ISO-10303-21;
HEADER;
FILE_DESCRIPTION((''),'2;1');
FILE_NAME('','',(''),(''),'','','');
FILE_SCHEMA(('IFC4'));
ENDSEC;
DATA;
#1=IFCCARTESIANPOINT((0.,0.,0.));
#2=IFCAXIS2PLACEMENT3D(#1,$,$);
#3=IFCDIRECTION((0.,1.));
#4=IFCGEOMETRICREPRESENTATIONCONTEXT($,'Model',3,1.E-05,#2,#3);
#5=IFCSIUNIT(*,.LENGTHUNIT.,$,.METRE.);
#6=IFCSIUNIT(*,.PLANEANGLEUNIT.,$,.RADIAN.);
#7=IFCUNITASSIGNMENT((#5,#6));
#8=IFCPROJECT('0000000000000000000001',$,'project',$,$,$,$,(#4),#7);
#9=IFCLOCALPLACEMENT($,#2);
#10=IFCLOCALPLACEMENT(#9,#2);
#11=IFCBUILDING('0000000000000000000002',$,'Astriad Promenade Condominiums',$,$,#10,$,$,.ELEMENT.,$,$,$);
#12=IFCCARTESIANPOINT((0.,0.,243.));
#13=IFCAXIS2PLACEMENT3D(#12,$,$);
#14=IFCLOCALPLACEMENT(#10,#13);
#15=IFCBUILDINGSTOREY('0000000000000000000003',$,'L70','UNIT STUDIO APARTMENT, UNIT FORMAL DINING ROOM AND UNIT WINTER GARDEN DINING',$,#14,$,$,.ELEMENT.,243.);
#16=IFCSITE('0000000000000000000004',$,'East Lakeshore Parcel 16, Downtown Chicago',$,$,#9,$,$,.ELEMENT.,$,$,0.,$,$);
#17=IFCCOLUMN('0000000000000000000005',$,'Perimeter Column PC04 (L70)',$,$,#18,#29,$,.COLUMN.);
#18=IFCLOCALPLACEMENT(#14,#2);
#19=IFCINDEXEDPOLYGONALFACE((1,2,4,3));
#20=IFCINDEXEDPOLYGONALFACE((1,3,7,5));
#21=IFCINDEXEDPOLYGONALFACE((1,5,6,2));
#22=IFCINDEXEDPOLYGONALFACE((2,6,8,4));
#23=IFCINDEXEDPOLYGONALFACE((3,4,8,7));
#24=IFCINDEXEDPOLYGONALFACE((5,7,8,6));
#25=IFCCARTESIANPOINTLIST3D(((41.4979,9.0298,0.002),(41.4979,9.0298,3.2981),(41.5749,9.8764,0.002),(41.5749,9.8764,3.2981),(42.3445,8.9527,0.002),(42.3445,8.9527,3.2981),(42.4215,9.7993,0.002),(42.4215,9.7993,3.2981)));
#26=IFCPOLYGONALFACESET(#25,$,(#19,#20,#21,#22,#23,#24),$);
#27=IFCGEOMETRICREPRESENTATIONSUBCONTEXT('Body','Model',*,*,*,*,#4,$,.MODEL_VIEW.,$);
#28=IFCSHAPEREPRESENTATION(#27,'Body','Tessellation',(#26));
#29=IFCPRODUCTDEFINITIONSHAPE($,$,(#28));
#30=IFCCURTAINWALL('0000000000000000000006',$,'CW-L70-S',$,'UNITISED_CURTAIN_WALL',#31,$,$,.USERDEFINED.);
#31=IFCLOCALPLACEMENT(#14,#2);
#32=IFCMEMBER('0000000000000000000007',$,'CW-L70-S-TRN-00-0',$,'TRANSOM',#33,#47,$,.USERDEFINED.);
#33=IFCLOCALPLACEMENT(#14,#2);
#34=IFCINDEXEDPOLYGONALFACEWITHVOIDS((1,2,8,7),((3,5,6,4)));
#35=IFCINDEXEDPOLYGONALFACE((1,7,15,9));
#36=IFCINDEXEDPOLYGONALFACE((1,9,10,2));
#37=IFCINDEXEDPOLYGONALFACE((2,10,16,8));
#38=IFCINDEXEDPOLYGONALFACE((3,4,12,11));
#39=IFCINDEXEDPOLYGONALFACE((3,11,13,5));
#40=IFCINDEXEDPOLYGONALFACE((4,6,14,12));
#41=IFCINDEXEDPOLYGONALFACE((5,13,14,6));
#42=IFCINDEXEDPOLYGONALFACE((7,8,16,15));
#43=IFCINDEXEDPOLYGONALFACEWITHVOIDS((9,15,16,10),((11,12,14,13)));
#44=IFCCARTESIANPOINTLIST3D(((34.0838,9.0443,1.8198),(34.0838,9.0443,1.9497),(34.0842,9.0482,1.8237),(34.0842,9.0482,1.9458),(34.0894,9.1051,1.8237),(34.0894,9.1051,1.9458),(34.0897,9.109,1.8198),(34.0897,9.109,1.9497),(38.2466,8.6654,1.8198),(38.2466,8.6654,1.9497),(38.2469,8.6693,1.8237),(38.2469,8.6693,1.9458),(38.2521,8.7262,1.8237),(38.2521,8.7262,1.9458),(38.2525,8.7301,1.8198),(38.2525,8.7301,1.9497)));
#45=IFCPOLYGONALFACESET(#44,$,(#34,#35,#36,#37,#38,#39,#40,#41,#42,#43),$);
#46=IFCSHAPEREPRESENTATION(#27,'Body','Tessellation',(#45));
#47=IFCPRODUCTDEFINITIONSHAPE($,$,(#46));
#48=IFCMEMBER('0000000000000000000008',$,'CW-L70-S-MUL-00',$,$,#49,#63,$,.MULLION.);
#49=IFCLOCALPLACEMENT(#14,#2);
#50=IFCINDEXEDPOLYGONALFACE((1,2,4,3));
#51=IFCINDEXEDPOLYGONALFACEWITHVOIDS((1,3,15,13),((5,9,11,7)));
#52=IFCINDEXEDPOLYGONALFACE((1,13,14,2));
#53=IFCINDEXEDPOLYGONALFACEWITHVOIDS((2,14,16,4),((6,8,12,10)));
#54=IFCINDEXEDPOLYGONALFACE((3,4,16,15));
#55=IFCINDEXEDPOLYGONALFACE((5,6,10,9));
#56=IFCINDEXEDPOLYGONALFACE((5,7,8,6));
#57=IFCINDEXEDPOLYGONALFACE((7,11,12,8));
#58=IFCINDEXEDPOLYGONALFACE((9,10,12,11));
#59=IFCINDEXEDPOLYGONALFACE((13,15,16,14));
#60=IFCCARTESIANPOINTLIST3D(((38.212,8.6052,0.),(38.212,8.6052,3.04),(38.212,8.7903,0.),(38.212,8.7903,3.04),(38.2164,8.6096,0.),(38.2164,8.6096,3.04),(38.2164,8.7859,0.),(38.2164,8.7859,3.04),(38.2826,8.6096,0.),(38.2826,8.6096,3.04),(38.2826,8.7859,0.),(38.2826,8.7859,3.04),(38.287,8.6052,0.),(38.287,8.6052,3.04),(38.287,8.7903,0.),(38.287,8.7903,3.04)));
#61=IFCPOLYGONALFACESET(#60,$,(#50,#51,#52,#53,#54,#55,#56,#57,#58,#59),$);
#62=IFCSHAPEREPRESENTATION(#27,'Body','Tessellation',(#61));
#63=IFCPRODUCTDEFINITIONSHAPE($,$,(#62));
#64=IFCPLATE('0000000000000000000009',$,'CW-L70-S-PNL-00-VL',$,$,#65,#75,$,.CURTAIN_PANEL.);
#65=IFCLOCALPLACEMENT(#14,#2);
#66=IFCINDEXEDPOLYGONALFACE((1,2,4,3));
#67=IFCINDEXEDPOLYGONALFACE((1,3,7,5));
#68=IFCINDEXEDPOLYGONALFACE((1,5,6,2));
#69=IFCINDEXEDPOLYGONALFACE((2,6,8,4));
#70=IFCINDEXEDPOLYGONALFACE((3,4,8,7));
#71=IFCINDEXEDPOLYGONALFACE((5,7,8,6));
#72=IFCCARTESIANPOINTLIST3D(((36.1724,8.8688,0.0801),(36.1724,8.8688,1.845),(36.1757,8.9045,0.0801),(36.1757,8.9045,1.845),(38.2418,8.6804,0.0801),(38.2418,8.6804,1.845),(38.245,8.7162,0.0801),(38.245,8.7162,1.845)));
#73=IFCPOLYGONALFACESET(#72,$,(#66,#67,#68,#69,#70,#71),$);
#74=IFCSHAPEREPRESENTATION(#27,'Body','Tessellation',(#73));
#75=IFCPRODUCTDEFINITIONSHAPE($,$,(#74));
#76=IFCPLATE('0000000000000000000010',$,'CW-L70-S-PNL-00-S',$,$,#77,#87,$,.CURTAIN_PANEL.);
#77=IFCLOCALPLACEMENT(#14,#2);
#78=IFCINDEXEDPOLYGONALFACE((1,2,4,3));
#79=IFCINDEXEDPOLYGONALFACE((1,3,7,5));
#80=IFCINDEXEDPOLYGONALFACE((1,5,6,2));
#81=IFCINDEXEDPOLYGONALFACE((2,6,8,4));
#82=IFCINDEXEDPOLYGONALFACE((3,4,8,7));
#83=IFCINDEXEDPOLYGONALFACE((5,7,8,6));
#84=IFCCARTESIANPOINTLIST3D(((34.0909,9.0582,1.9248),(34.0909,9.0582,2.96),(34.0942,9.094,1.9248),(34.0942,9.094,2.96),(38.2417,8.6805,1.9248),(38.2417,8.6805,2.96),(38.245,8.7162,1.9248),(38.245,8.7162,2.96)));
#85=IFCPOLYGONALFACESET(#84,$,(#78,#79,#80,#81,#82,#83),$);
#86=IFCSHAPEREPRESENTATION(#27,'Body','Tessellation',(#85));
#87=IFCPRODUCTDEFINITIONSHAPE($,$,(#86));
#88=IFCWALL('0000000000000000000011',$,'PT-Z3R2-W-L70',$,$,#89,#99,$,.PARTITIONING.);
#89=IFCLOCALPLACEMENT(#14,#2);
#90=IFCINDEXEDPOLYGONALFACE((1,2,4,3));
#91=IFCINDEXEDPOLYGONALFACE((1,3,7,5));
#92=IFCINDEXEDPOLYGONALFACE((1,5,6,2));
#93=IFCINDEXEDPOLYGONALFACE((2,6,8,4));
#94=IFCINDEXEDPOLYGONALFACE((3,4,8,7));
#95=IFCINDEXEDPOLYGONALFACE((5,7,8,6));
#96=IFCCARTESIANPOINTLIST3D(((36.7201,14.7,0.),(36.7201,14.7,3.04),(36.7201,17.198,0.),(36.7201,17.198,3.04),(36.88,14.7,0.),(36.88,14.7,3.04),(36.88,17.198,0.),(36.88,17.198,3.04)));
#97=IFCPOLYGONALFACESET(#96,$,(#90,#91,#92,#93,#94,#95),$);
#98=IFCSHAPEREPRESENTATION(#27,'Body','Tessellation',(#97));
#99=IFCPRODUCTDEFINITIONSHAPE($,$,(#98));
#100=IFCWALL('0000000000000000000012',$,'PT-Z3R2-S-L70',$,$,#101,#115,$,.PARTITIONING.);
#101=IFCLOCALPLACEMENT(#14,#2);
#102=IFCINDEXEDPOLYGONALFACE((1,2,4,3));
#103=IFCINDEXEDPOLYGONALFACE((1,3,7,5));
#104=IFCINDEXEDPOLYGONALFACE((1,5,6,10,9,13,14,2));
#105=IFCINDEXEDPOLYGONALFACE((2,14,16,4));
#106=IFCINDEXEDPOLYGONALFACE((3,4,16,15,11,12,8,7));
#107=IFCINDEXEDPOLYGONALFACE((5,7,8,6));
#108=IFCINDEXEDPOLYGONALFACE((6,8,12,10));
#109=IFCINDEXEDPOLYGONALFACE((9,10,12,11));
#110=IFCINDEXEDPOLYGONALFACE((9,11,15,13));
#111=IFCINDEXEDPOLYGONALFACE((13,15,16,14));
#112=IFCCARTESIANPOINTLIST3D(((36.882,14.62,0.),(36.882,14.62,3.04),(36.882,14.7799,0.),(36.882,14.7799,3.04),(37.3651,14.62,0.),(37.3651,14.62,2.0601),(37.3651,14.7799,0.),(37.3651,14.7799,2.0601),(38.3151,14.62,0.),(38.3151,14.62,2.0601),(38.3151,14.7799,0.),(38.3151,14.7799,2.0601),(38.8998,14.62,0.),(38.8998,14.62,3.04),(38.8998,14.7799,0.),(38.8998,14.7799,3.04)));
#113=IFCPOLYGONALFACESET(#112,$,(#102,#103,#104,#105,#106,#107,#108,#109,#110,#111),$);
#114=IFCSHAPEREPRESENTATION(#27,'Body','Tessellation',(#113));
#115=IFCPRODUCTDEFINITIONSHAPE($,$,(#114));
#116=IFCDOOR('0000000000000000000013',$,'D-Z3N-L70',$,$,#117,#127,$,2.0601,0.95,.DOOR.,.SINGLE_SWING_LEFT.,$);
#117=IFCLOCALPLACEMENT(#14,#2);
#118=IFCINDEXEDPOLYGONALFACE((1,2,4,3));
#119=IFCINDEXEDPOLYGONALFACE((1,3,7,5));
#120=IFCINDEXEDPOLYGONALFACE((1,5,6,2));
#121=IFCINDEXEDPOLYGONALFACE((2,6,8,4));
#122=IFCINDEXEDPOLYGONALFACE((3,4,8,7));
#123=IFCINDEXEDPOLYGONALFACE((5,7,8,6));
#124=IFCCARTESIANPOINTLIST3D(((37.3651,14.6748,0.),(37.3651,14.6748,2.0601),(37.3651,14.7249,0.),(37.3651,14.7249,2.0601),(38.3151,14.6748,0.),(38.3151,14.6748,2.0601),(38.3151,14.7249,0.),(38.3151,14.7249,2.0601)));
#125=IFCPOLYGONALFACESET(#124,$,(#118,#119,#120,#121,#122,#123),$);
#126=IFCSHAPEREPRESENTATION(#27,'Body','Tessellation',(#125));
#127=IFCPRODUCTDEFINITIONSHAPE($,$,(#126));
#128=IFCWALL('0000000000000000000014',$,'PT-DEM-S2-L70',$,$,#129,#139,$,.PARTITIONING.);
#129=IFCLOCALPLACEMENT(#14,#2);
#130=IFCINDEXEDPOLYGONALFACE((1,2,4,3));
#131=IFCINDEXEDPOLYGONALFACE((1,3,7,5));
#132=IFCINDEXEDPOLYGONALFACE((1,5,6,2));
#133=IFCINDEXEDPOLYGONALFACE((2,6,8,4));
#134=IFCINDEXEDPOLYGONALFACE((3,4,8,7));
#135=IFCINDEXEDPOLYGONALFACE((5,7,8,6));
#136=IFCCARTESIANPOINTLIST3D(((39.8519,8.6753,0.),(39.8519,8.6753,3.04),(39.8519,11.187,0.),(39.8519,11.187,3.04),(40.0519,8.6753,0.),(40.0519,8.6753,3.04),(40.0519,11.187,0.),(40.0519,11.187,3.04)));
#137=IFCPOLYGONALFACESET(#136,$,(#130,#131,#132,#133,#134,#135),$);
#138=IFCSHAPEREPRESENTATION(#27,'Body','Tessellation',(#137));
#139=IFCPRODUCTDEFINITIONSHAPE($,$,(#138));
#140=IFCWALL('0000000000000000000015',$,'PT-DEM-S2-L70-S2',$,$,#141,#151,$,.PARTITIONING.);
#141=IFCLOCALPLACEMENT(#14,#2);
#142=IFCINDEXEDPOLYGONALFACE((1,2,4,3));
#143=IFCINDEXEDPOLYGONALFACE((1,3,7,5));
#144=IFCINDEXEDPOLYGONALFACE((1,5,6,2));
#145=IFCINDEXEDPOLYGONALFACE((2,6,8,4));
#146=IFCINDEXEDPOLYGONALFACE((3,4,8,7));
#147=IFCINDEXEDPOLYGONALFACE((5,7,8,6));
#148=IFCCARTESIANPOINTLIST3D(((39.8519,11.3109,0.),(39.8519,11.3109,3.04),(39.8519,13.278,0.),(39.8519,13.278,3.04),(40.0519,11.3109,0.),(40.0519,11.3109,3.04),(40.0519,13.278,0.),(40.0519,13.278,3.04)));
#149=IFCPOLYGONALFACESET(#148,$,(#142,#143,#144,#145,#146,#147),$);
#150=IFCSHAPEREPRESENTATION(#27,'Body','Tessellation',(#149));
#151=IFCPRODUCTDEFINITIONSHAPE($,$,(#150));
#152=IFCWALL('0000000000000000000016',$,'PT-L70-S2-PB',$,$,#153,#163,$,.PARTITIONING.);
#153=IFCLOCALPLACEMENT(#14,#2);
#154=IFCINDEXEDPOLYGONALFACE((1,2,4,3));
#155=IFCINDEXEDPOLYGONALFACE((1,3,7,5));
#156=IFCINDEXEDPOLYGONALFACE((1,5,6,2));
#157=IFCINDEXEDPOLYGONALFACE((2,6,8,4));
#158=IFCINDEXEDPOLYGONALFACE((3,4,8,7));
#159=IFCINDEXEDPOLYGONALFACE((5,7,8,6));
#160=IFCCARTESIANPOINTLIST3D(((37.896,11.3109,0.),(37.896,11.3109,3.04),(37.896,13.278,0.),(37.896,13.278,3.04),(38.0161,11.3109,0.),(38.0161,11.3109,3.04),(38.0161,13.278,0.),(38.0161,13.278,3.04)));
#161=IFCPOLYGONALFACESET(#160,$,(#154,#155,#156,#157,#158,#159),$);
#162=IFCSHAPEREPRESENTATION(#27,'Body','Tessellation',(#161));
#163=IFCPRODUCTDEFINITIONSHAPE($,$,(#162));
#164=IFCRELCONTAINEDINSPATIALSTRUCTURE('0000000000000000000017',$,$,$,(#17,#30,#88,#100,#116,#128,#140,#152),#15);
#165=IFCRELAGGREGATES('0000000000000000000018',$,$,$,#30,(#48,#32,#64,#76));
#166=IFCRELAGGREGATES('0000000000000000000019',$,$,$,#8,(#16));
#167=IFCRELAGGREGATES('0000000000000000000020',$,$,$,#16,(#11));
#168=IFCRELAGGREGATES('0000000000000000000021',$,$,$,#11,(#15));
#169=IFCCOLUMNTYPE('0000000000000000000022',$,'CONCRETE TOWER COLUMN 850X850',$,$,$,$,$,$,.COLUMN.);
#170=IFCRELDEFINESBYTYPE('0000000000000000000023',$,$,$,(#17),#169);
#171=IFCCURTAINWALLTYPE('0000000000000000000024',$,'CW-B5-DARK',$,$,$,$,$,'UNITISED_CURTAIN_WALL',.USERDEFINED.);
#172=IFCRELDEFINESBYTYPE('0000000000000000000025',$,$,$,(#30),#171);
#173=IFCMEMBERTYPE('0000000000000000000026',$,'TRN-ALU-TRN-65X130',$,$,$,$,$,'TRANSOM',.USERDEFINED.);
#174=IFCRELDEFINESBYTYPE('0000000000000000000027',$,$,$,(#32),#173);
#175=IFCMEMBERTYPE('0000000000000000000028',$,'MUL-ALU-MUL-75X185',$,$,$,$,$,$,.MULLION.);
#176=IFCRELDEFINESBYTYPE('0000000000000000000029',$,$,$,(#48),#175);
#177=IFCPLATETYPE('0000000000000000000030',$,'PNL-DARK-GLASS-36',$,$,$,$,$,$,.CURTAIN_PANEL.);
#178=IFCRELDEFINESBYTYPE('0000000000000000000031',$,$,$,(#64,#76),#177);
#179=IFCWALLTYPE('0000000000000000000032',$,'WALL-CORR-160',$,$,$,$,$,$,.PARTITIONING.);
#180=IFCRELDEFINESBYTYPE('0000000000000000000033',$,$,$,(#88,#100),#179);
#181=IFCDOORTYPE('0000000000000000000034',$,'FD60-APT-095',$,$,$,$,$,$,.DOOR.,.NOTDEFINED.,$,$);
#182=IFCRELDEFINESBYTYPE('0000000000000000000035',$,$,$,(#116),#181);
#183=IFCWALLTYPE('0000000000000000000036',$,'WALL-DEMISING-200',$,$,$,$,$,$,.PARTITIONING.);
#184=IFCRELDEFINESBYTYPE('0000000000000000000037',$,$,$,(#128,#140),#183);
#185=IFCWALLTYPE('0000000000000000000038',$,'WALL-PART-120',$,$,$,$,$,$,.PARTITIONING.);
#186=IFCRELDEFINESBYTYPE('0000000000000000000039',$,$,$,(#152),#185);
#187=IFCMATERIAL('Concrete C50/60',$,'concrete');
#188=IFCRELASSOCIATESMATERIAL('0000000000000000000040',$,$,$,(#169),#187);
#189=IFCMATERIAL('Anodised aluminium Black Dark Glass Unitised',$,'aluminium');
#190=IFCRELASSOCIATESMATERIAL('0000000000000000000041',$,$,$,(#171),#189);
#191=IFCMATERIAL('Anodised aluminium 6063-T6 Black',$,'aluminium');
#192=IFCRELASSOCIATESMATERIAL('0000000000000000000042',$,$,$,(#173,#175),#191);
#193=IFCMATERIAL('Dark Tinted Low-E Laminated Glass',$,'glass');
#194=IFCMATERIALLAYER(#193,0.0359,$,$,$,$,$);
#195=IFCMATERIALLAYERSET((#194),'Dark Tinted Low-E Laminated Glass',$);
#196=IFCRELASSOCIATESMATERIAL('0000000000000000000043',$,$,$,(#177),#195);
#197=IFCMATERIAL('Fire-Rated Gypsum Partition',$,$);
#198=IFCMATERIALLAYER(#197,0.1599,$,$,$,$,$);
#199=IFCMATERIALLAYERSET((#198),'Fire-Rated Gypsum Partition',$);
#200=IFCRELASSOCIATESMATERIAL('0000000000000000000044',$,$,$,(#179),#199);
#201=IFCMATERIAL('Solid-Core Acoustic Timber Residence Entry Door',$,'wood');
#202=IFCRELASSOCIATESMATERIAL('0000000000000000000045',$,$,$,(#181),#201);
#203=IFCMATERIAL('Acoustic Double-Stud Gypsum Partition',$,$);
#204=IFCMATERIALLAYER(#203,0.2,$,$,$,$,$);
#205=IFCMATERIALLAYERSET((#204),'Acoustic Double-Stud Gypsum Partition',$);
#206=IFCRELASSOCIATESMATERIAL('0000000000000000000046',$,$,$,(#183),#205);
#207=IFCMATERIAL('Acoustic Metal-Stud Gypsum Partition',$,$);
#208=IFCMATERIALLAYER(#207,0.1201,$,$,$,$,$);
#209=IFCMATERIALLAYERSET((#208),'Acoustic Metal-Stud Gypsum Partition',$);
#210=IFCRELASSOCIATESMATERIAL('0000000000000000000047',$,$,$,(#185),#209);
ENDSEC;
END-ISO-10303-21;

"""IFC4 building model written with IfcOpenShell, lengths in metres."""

from ifc_helpers import new_model, si_unit, direction, frame, frame_2d, origin, origin_2d, place, context, subcontext, project, spatial, rectangle, hollow_rectangle, extrude, source, transform, mapped, material, layer, layer_set, material_profile, profile_set, type_object, type_shapes, element, fill, aggregate, save


model = new_model("IFC4")

# Units and contexts
model_context = context("Model", 3, precision=1e-05, world=origin(), true_north=direction((0.0, 1.0)))
body_context = subcontext(model_context, "Body", "Model", "MODEL_VIEW")
ifc_project = project(units=[si_unit("LENGTHUNIT", "METRE"), si_unit("PLANEANGLEUNIT", "RADIAN")], contexts=[model_context])

# Site, building, storey
site_placement = place(None, origin())
site = spatial("IfcSite", under=ifc_project, at=site_placement, Name="East Lakeshore Parcel 16, Downtown Chicago", CompositionType="ELEMENT", RefElevation=0.0)
building_placement = place(site_placement, origin())
building = spatial("IfcBuilding", under=site, at=building_placement, Name="Astriad Promenade Condominiums", CompositionType="ELEMENT")
storey_placement = place(building_placement, frame((0.0, 0.0, 243.0)))
storey = spatial("IfcBuildingStorey", under=building, at=storey_placement, Name="L70", Description="UNIT STUDIO APARTMENT, UNIT FORMAL DINING ROOM AND UNIT WINTER GARDEN DINING", CompositionType="ELEMENT", Elevation=243.0)

# Column
ifc_material_1 = material(Name="Concrete C50/60", Category="concrete")
ifc_material_profile_1 = material_profile(ifc_material_1, rectangle(XDim=0.8501, YDim=0.8501, at=origin_2d()), Name="RC-COL-850X850")
ifc_profile_set_1 = profile_set([ifc_material_profile_1], Name="Concrete C50/60")
column_type = type_object("IfcColumnType", Name="CONCRETE TOWER COLUMN 850X850", PredefinedType="COLUMN", material=ifc_profile_set_1)
shared_shape_1 = source(origin(), body_context, "Body", "SweptSolid", [
    extrude(rectangle(XDim=0.8501, YDim=0.8501, at=origin_2d()), origin(), (0.0, 0.0, 1.0), 3.2961),
])
type_shapes(column_type, [shared_shape_1])
column_placement = place(storey_placement, frame((41.9597, 9.4146, 0.002), z_axis=(0.0, 0.0, 1.0), x_axis=(0.995884, -0.090633, 0.0)))
element("IfcColumn", 1, at=column_placement, inside=storey, type_object=column_type, Name="Perimeter Column PC04 (L70)", PredefinedType="COLUMN", context=body_context, shape_type="MappedRepresentation", body=[
    mapped(shared_shape_1, transform((0.0, 0.0, 0.0), scale=1.0)),
])

# Curtain wall, members, plates
ifc_material_2 = material(Name="Anodised aluminium Black Dark Glass Unitised", Category="aluminium")
curtain_wall_type = type_object("IfcCurtainWallType", Name="CW-B5-DARK", ElementType="UNITISED_CURTAIN_WALL", PredefinedType="USERDEFINED", material=ifc_material_2)
curtain_wall_placement = place(storey_placement, origin())
curtain_wall = element("IfcCurtainWall", 2, at=curtain_wall_placement, inside=storey, type_object=curtain_wall_type, Name="CW-L70-S", ObjectType="UNITISED_CURTAIN_WALL", PredefinedType="USERDEFINED")
ifc_material_3 = material(Name="Anodised aluminium 6063-T6 Black", Category="aluminium")
ifc_material_profile_2 = material_profile(ifc_material_3, hollow_rectangle(XDim=0.0649, YDim=0.1299, WallThickness=0.0039, at=origin_2d()), Name="ALU-TRN-65X130")
ifc_profile_set_2 = profile_set([ifc_material_profile_2], Name="Anodised aluminium 6063-T6 Black")
member_type_1 = type_object("IfcMemberType", Name="TRN-ALU-TRN-65X130", ElementType="TRANSOM", PredefinedType="USERDEFINED", material=ifc_profile_set_2)
shared_shape_2 = source(origin(), body_context, "Body", "SweptSolid", [
    extrude(hollow_rectangle(XDim=0.0649, YDim=0.1299, WallThickness=0.0039, at=origin_2d()), origin(), (0.0, 0.0, 1.0), 4.1799),
])
type_shapes(member_type_1, [shared_shape_2])
member_1_placement = place(storey_placement, frame((38.2495, 8.6978, 1.8848), z_axis=(-0.995883, 0.090646, 0.0), x_axis=(-0.090646, -0.995883, 0.0)))
member_1 = element("IfcMember", 3, at=member_1_placement, type_object=member_type_1, Name="CW-L70-S-TRN-00-0", ObjectType="TRANSOM", PredefinedType="USERDEFINED", context=body_context, shape_type="MappedRepresentation", body=[
    mapped(shared_shape_2, transform((0.0, 0.0, 0.0), scale=1.0)),
])
ifc_material_profile_3 = material_profile(ifc_material_3, hollow_rectangle(XDim=0.075, YDim=0.1851, WallThickness=0.0044, at=origin_2d()), Name="ALU-MUL-75X185")
ifc_profile_set_3 = profile_set([ifc_material_profile_3], Name="Anodised aluminium 6063-T6 Black")
member_type_2 = type_object("IfcMemberType", Name="MUL-ALU-MUL-75X185", PredefinedType="MULLION", material=ifc_profile_set_3)
shared_shape_3 = source(origin(), body_context, "Body", "SweptSolid", [
    extrude(hollow_rectangle(XDim=0.075, YDim=0.1851, WallThickness=0.0044, at=origin_2d()), origin(), (0.0, 0.0, 1.0), 3.04),
])
type_shapes(member_type_2, [shared_shape_3])
member_2_placement = place(storey_placement, frame((38.2495, 8.6978, 0.0), z_axis=(0.0, 0.0, 1.0), x_axis=(1.0, 0.0, 0.0)))
member_2 = element("IfcMember", 4, at=member_2_placement, type_object=member_type_2, Name="CW-L70-S-MUL-00", PredefinedType="MULLION", context=body_context, shape_type="MappedRepresentation", body=[
    mapped(shared_shape_3, transform((0.0, 0.0, 0.0), scale=1.0)),
])
ifc_material_4 = material(Name="Dark Tinted Low-E Laminated Glass", Category="glass")
ifc_layer_1 = layer(ifc_material_4, 0.0359)
ifc_layer_set_1 = layer_set([ifc_layer_1], Name="Dark Tinted Low-E Laminated Glass")
plate_type = type_object("IfcPlateType", Name="PNL-DARK-GLASS-36", PredefinedType="CURTAIN_PANEL", material=ifc_layer_set_1)
shared_shape_4 = source(origin(), body_context, "Body", "SweptSolid", [
    extrude(rectangle(XDim=2.0779, YDim=0.0359, at=origin_2d()), origin(), (0.0, 0.0, 1.0), 1.7649),
])
plate_1_placement = place(storey_placement, frame((37.2087, 8.7925, 0.0801), z_axis=(0.0, 0.0, 1.0), x_axis=(-0.995884, 0.090633, 0.0)))
plate_1 = element("IfcPlate", 5, at=plate_1_placement, type_object=plate_type, Name="CW-L70-S-PNL-00-VL", PredefinedType="CURTAIN_PANEL", context=body_context, shape_type="MappedRepresentation", body=[
    mapped(shared_shape_4, transform((0.0, 0.0, 0.0), scale=1.0)),
])
shared_shape_5 = source(origin(), body_context, "Body", "SweptSolid", [
    extrude(rectangle(XDim=4.168, YDim=0.0359, at=origin_2d()), origin(), (0.0, 0.0, 1.0), 1.0352),
])
type_shapes(plate_type, [shared_shape_4, shared_shape_5])
plate_2_placement = place(storey_placement, frame((36.168, 8.8872, 1.9248), z_axis=(0.0, 0.0, 1.0), x_axis=(-0.995884, 0.090633, 0.0)))
plate_2 = element("IfcPlate", 6, at=plate_2_placement, type_object=plate_type, Name="CW-L70-S-PNL-00-S", PredefinedType="CURTAIN_PANEL", context=body_context, shape_type="MappedRepresentation", body=[
    mapped(shared_shape_5, transform((0.0, 0.0, 0.0), scale=1.0)),
])
aggregate(curtain_wall, [member_2, member_1, plate_1, plate_2])

# Wall
ifc_material_5 = material(Name="Fire-Rated Gypsum Partition")
ifc_layer_2 = layer(ifc_material_5, 0.1599)
ifc_layer_set_2 = layer_set([ifc_layer_2], Name="Fire-Rated Gypsum Partition")
wall_type_1 = type_object("IfcWallType", Name="WALL-CORR-160", PredefinedType="PARTITIONING", material=ifc_layer_set_2)
wall_1_placement = place(storey_placement, frame((36.8, 14.7, 0.0), z_axis=(0.0, 0.0, 1.0), x_axis=(0.0, 1.0, 0.0)))
element("IfcWall", 7, at=wall_1_placement, inside=storey, type_object=wall_type_1, Name="PT-Z3R2-W-L70", PredefinedType="PARTITIONING", context=body_context, shape_type="SweptSolid", body=[
    extrude(rectangle(XDim=2.498, YDim=0.1599, at=frame_2d((1.249, 0.0))), origin(), (0.0, 0.0, 1.0), 3.04),
])

# Wall, opening, door
wall_2_placement = place(storey_placement, frame((36.8821, 14.7, 0.0), z_axis=(0.0, 0.0, 1.0), x_axis=(1.0, 0.0, 0.0)))
wall_2 = element("IfcWall", 8, at=wall_2_placement, inside=storey, type_object=wall_type_1, Name="PT-Z3R2-S-L70", PredefinedType="PARTITIONING", context=body_context, shape_type="SweptSolid", body=[
    extrude(rectangle(XDim=2.0178, YDim=0.1599, at=frame_2d((1.0088, 0.0))), origin(), (0.0, 0.0, 1.0), 3.04),
])
opening_1_placement = place(wall_2_placement, frame((0.4829, 0.0, 0.0)))
opening_1 = element("IfcOpeningElement", 9, at=opening_1_placement, cuts=wall_2, PredefinedType="OPENING", context=body_context, shape_type="SweptSolid", body=[
    extrude(rectangle(XDim=0.95, YDim=2.0601, at=frame_2d((0.4751, 1.03))), frame((0.0, 0.0898, 0.0), z_axis=(0.0, -1.0, 0.0), x_axis=(1.0, 0.0, 0.0)), (0.0, 0.0, 1.0), 0.1799),
])
ifc_material_6 = material(Name="Solid-Core Acoustic Timber Residence Entry Door", Category="wood")
door_type_1 = type_object("IfcDoorType", Name="FD60-APT-095", OperationType="NOTDEFINED", PredefinedType="DOOR", material=ifc_material_6)
shared_shape_6 = source(origin(), body_context, "Body", "SweptSolid", [
    extrude(rectangle(XDim=0.95, YDim=2.0601, at=frame_2d((0.4751, 1.03))), frame((0.0, 0.0249, 0.0), z_axis=(0.0, -1.0, 0.0), x_axis=(1.0, 0.0, 0.0)), (0.0, 0.0, 1.0), 0.05),
])
type_shapes(door_type_1, [shared_shape_6])
door_1_placement = place(opening_1_placement, origin())
door_1 = element("IfcDoor", 10, at=door_1_placement, inside=storey, type_object=door_type_1, Name="D-Z3N-L70", OperationType="SINGLE_SWING_LEFT", OverallHeight=2.0601, OverallWidth=0.95, PredefinedType="DOOR", context=body_context, shape_type="MappedRepresentation", body=[
    mapped(shared_shape_6, transform((0.0, 0.0, 0.0), scale=1.0)),
])
fill(opening_1, door_1)

# Walls
ifc_material_7 = material(Name="Acoustic Double-Stud Gypsum Partition")
ifc_layer_3 = layer(ifc_material_7, 0.2)
ifc_layer_set_3 = layer_set([ifc_layer_3], Name="Acoustic Double-Stud Gypsum Partition")
wall_type_2 = type_object("IfcWallType", Name="WALL-DEMISING-200", PredefinedType="PARTITIONING", material=ifc_layer_set_3)
wall_3_placement = place(storey_placement, frame((39.9519, 8.6753, 0.0), z_axis=(0.0, 0.0, 1.0), x_axis=(0.0, 1.0, 0.0)))
element("IfcWall", 11, at=wall_3_placement, inside=storey, type_object=wall_type_2, Name="PT-DEM-S2-L70", PredefinedType="PARTITIONING", context=body_context, shape_type="SweptSolid", body=[
    extrude(rectangle(XDim=2.5117, YDim=0.2, at=frame_2d((1.2559, 0.0))), origin(), (0.0, 0.0, 1.0), 3.04),
])
wall_4_placement = place(storey_placement, frame((39.9519, 11.311, 0.0), z_axis=(0.0, 0.0, 1.0), x_axis=(0.0, 1.0, 0.0)))
element("IfcWall", 12, at=wall_4_placement, inside=storey, type_object=wall_type_2, Name="PT-DEM-S2-L70-S2", PredefinedType="PARTITIONING", context=body_context, shape_type="SweptSolid", body=[
    extrude(rectangle(XDim=1.967, YDim=0.2, at=frame_2d((0.9834, 0.0))), origin(), (0.0, 0.0, 1.0), 3.04),
])
ifc_material_8 = material(Name="Acoustic Metal-Stud Gypsum Partition")
ifc_layer_4 = layer(ifc_material_8, 0.1201)
ifc_layer_set_4 = layer_set([ifc_layer_4], Name="Acoustic Metal-Stud Gypsum Partition")
wall_type_3 = type_object("IfcWallType", Name="WALL-PART-120", PredefinedType="PARTITIONING", material=ifc_layer_set_4)
wall_5_placement = place(storey_placement, frame((37.9561, 11.311, 0.0), z_axis=(0.0, 0.0, 1.0), x_axis=(0.0, 1.0, 0.0)))
element("IfcWall", 13, at=wall_5_placement, inside=storey, type_object=wall_type_3, Name="PT-L70-S2-PB", PredefinedType="PARTITIONING", context=body_context, shape_type="SweptSolid", body=[
    extrude(rectangle(XDim=1.967, YDim=0.1201, at=frame_2d((0.9834, 0.0))), origin(), (0.0, 0.0, 1.0), 3.04),
])

save(model, "model.ifc")
